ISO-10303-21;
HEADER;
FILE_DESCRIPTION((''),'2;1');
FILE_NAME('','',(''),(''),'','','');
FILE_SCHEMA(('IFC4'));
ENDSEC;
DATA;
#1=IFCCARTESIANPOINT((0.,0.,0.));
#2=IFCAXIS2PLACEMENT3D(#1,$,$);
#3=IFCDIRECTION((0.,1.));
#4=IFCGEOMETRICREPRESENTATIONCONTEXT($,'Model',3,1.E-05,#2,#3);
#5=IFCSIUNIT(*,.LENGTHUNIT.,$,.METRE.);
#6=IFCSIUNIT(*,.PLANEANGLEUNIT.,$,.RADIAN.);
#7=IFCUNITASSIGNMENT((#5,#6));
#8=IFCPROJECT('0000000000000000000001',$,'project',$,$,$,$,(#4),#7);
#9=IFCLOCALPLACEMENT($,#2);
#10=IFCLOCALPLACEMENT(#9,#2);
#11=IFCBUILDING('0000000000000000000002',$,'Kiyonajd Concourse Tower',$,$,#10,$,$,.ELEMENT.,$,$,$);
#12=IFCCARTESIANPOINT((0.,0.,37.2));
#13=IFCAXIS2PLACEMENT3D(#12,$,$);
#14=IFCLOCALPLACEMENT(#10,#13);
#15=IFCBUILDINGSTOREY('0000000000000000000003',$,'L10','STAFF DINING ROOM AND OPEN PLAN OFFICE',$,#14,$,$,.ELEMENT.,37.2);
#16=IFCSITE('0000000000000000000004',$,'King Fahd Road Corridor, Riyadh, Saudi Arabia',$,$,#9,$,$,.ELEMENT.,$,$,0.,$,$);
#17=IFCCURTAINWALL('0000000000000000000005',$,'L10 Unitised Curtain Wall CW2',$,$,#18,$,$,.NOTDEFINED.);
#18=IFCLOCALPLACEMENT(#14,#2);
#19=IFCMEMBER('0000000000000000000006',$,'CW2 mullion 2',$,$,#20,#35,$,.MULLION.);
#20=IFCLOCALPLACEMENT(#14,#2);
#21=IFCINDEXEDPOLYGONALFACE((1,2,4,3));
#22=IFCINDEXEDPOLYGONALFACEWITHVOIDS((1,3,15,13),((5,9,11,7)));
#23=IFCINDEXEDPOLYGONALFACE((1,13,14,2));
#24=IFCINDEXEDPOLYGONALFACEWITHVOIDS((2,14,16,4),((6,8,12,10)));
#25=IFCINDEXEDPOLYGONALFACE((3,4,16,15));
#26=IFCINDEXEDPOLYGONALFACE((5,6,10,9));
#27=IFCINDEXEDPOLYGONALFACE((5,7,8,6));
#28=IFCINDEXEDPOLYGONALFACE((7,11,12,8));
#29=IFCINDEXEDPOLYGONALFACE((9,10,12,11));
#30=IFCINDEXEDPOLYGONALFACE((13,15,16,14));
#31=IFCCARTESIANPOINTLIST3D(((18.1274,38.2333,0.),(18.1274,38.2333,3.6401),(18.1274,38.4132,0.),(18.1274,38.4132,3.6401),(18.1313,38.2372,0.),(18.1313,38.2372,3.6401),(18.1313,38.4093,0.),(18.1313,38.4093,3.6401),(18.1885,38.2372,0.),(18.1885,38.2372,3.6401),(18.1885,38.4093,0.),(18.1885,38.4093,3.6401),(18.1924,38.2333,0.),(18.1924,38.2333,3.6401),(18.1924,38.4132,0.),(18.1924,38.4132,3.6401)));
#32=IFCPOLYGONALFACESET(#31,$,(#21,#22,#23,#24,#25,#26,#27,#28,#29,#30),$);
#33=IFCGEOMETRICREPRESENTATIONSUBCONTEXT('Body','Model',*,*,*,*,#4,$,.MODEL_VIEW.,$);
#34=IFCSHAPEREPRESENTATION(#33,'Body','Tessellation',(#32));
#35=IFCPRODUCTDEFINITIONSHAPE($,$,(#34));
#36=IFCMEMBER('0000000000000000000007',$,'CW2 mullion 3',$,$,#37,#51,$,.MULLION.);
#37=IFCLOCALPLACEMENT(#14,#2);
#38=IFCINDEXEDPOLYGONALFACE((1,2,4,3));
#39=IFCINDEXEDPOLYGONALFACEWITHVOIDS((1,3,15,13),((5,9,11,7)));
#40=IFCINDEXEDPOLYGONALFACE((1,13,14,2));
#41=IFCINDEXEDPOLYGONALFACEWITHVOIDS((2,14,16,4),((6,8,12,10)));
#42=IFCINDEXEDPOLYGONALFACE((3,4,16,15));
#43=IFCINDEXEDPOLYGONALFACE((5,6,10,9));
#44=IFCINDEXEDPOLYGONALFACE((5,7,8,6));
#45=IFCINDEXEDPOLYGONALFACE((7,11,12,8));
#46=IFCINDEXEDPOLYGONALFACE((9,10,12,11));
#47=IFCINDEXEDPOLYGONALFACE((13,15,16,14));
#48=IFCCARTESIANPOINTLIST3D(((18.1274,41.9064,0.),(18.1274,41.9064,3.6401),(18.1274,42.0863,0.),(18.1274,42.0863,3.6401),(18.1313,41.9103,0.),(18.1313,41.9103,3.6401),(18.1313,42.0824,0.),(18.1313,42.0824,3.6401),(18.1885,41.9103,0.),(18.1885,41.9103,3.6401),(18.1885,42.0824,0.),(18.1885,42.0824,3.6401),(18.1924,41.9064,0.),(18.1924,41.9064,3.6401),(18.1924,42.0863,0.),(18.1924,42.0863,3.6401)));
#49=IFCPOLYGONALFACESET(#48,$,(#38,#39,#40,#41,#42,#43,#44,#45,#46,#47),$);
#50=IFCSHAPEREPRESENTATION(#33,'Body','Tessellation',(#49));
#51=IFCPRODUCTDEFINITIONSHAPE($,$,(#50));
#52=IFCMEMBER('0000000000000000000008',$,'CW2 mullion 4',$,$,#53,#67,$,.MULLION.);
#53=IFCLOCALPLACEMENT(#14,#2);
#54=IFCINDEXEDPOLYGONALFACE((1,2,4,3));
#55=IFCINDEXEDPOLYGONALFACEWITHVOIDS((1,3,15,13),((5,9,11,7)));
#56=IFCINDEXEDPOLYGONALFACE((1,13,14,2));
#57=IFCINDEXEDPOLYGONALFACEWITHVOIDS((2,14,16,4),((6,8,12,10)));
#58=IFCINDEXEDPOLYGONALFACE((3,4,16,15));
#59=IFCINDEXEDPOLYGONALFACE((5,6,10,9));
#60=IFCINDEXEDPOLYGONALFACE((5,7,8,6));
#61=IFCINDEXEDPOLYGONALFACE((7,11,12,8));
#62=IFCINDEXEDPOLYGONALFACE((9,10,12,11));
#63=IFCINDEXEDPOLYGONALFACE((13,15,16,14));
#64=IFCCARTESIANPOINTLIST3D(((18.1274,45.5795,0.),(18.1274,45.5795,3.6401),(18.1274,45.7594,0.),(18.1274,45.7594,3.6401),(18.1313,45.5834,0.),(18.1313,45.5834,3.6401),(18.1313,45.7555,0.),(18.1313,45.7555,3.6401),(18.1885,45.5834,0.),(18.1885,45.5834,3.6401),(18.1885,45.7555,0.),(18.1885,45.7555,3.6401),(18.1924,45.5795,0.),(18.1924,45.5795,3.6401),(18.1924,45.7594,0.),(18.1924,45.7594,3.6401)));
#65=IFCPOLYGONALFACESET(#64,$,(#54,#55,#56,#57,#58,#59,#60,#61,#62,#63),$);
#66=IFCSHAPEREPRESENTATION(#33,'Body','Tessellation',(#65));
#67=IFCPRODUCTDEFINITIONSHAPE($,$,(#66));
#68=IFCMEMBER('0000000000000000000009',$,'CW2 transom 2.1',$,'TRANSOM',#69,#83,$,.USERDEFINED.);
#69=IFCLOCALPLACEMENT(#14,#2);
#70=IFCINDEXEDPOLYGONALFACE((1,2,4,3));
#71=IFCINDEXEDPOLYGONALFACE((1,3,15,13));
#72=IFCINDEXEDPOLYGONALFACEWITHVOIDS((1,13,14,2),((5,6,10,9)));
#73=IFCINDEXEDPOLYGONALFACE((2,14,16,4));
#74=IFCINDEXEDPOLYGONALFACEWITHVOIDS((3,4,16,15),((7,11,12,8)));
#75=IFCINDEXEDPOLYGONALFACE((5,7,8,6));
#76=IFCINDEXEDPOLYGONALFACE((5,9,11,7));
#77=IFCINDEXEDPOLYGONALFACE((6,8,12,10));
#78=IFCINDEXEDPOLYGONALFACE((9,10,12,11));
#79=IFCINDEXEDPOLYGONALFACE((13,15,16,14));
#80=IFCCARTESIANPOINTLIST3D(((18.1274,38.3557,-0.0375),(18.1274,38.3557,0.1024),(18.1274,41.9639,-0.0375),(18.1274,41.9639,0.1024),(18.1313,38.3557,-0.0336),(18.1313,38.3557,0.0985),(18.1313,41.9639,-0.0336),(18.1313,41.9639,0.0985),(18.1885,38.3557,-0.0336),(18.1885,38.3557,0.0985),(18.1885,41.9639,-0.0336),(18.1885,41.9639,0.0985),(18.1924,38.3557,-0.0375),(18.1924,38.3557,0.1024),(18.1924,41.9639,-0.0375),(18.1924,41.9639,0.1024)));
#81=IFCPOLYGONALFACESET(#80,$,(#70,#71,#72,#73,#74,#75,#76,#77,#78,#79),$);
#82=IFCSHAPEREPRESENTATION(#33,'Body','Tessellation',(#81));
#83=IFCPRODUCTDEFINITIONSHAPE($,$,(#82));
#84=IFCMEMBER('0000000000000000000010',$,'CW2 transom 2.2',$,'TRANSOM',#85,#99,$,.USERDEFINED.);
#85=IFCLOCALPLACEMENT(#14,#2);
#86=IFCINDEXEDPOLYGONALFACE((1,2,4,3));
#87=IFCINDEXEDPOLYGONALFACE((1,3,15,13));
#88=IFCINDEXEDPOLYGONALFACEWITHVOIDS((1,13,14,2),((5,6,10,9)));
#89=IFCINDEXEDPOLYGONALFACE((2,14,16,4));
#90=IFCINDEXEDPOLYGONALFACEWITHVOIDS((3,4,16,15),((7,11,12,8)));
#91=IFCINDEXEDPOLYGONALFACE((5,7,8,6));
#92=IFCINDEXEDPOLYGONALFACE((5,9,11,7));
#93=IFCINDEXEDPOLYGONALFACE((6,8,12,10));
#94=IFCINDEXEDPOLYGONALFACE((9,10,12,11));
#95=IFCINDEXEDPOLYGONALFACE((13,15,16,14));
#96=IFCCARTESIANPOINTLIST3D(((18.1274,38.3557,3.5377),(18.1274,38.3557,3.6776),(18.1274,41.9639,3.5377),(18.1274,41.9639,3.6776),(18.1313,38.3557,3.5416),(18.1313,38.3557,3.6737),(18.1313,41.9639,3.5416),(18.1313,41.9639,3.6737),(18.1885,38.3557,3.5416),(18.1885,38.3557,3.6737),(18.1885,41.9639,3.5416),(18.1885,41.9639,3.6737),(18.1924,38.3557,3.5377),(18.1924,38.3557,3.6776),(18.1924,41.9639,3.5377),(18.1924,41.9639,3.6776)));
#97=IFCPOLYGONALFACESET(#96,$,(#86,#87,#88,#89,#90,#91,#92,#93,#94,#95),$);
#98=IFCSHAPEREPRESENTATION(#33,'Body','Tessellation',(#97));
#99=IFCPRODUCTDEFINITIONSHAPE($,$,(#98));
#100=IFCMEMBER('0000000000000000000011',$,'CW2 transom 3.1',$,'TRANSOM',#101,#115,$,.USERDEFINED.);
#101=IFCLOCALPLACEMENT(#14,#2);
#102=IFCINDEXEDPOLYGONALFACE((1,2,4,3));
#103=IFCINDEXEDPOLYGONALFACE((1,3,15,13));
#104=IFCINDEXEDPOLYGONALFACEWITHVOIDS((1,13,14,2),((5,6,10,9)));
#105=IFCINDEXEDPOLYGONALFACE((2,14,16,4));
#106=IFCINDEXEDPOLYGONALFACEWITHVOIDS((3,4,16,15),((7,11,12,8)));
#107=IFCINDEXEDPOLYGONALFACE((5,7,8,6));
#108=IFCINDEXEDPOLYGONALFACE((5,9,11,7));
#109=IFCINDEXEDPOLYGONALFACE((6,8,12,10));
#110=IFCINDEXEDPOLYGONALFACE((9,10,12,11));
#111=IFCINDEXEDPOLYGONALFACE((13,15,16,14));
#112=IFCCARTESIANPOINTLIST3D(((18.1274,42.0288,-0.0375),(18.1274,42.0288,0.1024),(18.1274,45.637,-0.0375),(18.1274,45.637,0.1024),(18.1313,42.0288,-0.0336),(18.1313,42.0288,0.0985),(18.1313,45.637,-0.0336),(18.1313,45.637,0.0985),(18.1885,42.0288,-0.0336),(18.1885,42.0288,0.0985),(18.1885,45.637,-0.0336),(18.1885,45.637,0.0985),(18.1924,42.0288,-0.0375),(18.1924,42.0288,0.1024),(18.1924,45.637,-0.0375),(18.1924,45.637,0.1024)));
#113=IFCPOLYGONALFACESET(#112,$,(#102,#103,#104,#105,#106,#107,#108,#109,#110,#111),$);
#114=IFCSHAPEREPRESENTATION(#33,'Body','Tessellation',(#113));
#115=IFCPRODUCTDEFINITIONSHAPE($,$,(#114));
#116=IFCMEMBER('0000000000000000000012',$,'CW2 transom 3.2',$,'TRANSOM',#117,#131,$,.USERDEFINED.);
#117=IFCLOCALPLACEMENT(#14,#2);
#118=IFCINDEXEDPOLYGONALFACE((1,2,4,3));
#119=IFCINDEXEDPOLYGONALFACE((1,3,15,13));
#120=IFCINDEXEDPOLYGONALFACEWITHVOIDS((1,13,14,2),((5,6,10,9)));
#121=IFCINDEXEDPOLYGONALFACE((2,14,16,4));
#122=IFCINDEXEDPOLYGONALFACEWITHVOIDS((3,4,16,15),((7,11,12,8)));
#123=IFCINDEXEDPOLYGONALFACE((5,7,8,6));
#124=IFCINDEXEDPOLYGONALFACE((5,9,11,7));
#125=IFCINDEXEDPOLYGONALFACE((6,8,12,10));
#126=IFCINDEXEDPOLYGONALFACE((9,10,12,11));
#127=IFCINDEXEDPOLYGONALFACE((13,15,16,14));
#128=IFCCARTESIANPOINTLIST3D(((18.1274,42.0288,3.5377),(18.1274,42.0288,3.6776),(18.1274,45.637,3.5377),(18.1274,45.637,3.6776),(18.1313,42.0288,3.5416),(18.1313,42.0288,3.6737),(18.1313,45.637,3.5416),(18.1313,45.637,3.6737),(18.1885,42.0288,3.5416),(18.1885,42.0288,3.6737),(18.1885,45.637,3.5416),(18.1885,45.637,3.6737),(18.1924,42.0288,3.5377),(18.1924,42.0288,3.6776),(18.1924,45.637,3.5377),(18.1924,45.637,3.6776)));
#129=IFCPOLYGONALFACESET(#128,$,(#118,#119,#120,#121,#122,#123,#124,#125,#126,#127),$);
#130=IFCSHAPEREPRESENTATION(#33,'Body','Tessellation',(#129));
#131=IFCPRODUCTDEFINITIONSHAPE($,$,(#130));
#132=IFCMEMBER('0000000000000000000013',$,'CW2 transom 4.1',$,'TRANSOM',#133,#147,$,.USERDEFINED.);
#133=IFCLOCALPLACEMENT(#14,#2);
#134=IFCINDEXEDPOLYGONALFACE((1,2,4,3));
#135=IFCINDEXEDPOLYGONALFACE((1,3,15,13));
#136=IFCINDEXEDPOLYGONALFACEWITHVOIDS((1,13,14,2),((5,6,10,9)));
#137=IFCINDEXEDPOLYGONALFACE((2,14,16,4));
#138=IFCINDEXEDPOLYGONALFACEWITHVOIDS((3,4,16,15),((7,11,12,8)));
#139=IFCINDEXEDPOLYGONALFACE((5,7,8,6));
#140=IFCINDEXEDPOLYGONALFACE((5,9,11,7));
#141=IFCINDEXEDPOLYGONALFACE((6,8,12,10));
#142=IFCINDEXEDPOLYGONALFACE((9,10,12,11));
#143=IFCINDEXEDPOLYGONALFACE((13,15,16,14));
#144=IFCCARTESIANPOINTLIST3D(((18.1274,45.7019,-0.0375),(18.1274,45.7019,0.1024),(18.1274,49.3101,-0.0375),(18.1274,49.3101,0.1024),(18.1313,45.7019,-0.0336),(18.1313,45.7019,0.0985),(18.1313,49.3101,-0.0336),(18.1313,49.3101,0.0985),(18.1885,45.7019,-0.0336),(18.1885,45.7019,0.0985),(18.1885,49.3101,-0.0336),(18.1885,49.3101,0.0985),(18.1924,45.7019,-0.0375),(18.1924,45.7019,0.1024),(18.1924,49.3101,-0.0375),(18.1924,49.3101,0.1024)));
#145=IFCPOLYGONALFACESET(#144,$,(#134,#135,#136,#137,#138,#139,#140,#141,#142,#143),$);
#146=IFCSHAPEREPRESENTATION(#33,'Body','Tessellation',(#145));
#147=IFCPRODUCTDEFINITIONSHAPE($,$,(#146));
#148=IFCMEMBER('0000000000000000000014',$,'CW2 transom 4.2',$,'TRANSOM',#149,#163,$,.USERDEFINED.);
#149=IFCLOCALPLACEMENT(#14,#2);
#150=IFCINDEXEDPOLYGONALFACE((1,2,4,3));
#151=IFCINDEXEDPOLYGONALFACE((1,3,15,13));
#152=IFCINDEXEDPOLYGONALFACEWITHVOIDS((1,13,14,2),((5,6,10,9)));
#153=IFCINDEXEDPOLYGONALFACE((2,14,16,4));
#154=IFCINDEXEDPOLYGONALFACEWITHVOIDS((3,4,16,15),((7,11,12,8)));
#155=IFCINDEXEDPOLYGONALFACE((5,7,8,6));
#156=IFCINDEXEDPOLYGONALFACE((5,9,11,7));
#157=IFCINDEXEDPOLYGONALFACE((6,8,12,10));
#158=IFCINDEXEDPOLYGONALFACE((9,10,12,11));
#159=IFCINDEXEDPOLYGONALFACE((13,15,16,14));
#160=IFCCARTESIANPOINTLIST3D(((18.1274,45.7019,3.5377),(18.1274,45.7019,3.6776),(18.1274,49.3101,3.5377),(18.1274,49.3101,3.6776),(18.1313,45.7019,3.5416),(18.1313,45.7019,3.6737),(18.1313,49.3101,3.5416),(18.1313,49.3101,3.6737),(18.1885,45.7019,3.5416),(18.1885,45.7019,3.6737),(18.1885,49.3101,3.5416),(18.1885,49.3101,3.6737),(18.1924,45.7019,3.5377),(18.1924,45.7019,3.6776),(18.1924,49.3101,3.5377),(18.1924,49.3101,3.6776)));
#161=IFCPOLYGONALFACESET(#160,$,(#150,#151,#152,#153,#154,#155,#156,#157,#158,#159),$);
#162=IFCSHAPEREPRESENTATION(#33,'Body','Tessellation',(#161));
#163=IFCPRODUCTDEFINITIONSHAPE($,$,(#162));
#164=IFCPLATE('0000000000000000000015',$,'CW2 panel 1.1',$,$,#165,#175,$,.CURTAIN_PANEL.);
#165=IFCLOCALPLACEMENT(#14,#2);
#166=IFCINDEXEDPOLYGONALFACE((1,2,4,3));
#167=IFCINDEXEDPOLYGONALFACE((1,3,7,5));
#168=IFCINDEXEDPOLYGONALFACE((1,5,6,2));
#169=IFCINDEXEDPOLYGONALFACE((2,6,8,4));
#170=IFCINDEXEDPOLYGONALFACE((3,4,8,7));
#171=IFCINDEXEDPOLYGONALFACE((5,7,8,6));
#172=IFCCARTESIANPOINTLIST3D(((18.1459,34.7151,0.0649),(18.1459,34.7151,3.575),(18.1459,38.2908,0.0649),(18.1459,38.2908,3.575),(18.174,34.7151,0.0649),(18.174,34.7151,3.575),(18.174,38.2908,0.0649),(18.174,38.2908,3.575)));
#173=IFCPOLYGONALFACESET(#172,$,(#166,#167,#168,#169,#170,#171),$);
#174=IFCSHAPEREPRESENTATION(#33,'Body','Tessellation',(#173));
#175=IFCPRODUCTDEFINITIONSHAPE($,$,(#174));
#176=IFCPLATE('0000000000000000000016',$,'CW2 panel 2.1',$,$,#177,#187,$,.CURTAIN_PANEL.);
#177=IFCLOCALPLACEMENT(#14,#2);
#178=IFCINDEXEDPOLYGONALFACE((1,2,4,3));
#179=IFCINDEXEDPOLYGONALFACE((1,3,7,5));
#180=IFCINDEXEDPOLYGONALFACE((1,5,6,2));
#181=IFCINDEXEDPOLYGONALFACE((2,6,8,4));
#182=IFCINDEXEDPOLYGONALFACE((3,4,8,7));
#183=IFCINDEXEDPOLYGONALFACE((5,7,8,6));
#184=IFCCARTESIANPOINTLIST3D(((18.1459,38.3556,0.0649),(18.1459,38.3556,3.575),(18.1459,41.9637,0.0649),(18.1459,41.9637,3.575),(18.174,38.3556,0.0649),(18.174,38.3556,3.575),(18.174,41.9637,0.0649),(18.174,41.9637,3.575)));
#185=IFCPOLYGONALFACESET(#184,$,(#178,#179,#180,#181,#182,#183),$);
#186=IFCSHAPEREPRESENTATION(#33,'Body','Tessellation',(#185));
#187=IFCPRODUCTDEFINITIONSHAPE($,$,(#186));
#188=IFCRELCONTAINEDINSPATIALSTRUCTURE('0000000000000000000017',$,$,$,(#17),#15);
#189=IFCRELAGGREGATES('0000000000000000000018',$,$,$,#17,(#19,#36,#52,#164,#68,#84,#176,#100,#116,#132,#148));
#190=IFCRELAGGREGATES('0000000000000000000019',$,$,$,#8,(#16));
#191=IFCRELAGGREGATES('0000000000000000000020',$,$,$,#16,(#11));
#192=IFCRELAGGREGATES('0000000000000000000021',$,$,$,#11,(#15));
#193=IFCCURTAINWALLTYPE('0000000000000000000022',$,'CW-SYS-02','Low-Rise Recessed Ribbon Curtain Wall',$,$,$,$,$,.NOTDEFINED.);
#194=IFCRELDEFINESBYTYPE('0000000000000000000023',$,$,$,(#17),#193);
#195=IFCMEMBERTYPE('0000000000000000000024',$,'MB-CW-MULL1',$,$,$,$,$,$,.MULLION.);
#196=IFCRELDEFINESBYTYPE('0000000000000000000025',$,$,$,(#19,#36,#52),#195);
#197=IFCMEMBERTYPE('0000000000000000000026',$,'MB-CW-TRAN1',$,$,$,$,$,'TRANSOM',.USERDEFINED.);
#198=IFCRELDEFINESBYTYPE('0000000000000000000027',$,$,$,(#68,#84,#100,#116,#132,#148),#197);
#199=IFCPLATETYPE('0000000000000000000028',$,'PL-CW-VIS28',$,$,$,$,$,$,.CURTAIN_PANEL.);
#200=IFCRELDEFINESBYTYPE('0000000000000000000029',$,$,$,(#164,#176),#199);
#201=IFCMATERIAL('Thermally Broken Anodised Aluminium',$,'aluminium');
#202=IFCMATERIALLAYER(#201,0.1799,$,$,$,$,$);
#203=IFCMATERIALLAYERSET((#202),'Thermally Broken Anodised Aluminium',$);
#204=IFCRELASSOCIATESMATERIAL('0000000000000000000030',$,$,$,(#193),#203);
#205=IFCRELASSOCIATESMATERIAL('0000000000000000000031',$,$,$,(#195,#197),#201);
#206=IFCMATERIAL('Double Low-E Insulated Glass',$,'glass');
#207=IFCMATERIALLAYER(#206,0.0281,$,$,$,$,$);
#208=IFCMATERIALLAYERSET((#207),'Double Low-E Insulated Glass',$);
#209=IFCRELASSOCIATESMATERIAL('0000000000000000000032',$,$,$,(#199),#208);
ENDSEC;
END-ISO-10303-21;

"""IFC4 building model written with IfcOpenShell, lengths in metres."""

from ifc_helpers import new_model, si_unit, direction, frame, origin, origin_2d, place, context, subcontext, project, spatial, rectangle, hollow_rectangle, extrude, material, layer, layer_set, material_profile, profile_set, type_object, element, aggregate, save


model = new_model("IFC4")

# Units and contexts
model_context = context("Model", 3, precision=1e-05, world=origin(), true_north=direction((0.0, 1.0)))
body_context = subcontext(model_context, "Body", "Model", "MODEL_VIEW")
ifc_project = project(units=[si_unit("LENGTHUNIT", "METRE"), si_unit("PLANEANGLEUNIT", "RADIAN")], contexts=[model_context])

# Site, building, storey
site_placement = place(None, origin())
site = spatial("IfcSite", under=ifc_project, at=site_placement, Name="King Fahd Road Corridor, Riyadh, Saudi Arabia", CompositionType="ELEMENT", RefElevation=0.0)
building_placement = place(site_placement, origin())
building = spatial("IfcBuilding", under=site, at=building_placement, Name="Kiyonajd Concourse Tower", CompositionType="ELEMENT")
storey_placement = place(building_placement, frame((0.0, 0.0, 37.2)))
storey = spatial("IfcBuildingStorey", under=building, at=storey_placement, Name="L10", Description="STAFF DINING ROOM AND OPEN PLAN OFFICE", CompositionType="ELEMENT", Elevation=37.2)

# Curtain wall, members, plates
ifc_material_1 = material(Name="Thermally Broken Anodised Aluminium", Category="aluminium")
ifc_layer_1 = layer(ifc_material_1, 0.1799)
ifc_layer_set_1 = layer_set([ifc_layer_1], Name="Thermally Broken Anodised Aluminium")
curtain_wall_type = type_object("IfcCurtainWallType", Name="CW-SYS-02", Description="Low-Rise Recessed Ribbon Curtain Wall", PredefinedType="NOTDEFINED", material=ifc_layer_set_1)
curtain_wall_placement = place(storey_placement, origin())
curtain_wall = element("IfcCurtainWall", 1, at=curtain_wall_placement, inside=storey, type_object=curtain_wall_type, Name="L10 Unitised Curtain Wall CW2", PredefinedType="NOTDEFINED")
ifc_material_profile_1 = material_profile(ifc_material_1, hollow_rectangle(XDim=0.0649, YDim=0.1799, WallThickness=0.0039, at=origin_2d()), Name="MULL-65x180")
ifc_profile_set_1 = profile_set([ifc_material_profile_1], Name="Thermally Broken Anodised Aluminium")
member_type_1 = type_object("IfcMemberType", Name="MB-CW-MULL1", PredefinedType="MULLION", material=ifc_profile_set_1)
member_1_placement = place(storey_placement, frame((18.1599, 38.3232, 0.0), z_axis=(0.0, 0.0, 1.0), x_axis=(-1.0, 0.0, 0.0)))
member_1 = element("IfcMember", 2, at=member_1_placement, type_object=member_type_1, Name="CW2 mullion 2", PredefinedType="MULLION", context=body_context, shape_type="SweptSolid", body=[
    extrude(hollow_rectangle(XDim=0.0649, YDim=0.1799, WallThickness=0.0039, at=origin_2d()), origin(), (0.0, 0.0, 1.0), 3.6401),
])
member_2_placement = place(storey_placement, frame((18.1599, 41.9963, 0.0), z_axis=(0.0, 0.0, 1.0), x_axis=(-1.0, 0.0, 0.0)))
member_2 = element("IfcMember", 3, at=member_2_placement, type_object=member_type_1, Name="CW2 mullion 3", PredefinedType="MULLION", context=body_context, shape_type="SweptSolid", body=[
    extrude(hollow_rectangle(XDim=0.0649, YDim=0.1799, WallThickness=0.0039, at=origin_2d()), origin(), (0.0, 0.0, 1.0), 3.6401),
])
member_3_placement = place(storey_placement, frame((18.1599, 45.6694, 0.0), z_axis=(0.0, 0.0, 1.0), x_axis=(-1.0, 0.0, 0.0)))
member_3 = element("IfcMember", 4, at=member_3_placement, type_object=member_type_1, Name="CW2 mullion 4", PredefinedType="MULLION", context=body_context, shape_type="SweptSolid", body=[
    extrude(hollow_rectangle(XDim=0.0649, YDim=0.1799, WallThickness=0.0039, at=origin_2d()), origin(), (0.0, 0.0, 1.0), 3.6401),
])
ifc_material_profile_2 = material_profile(ifc_material_1, hollow_rectangle(XDim=0.0649, YDim=0.1399, WallThickness=0.0039, at=origin_2d()), Name="TRAN-65x140")
ifc_profile_set_2 = profile_set([ifc_material_profile_2], Name="Thermally Broken Anodised Aluminium")
member_type_2 = type_object("IfcMemberType", Name="MB-CW-TRAN1", ElementType="TRANSOM", PredefinedType="USERDEFINED", material=ifc_profile_set_2)
member_4_placement = place(storey_placement, frame((18.1599, 38.3557, 0.0325), z_axis=(0.0, 1.0, 0.0), x_axis=(-1.0, 0.0, 0.0)))
member_4 = element("IfcMember", 5, at=member_4_placement, type_object=member_type_2, Name="CW2 transom 2.1", ObjectType="TRANSOM", PredefinedType="USERDEFINED", context=body_context, shape_type="SweptSolid", body=[
    extrude(hollow_rectangle(XDim=0.0649, YDim=0.1399, WallThickness=0.0039, at=origin_2d()), origin(), (0.0, 0.0, 1.0), 3.6082),
])
member_5_placement = place(storey_placement, frame((18.1599, 38.3557, 3.6077), z_axis=(0.0, 1.0, 0.0), x_axis=(-1.0, 0.0, 0.0)))
member_5 = element("IfcMember", 6, at=member_5_placement, type_object=member_type_2, Name="CW2 transom 2.2", ObjectType="TRANSOM", PredefinedType="USERDEFINED", context=body_context, shape_type="SweptSolid", body=[
    extrude(hollow_rectangle(XDim=0.0649, YDim=0.1399, WallThickness=0.0039, at=origin_2d()), origin(), (0.0, 0.0, 1.0), 3.6082),
])
member_6_placement = place(storey_placement, frame((18.1599, 42.0288, 0.0325), z_axis=(0.0, 1.0, 0.0), x_axis=(-1.0, 0.0, 0.0)))
member_6 = element("IfcMember", 7, at=member_6_placement, type_object=member_type_2, Name="CW2 transom 3.1", ObjectType="TRANSOM", PredefinedType="USERDEFINED", context=body_context, shape_type="SweptSolid", body=[
    extrude(hollow_rectangle(XDim=0.0649, YDim=0.1399, WallThickness=0.0039, at=origin_2d()), origin(), (0.0, 0.0, 1.0), 3.6082),
])
member_7_placement = place(storey_placement, frame((18.1599, 42.0288, 3.6077), z_axis=(0.0, 1.0, 0.0), x_axis=(-1.0, 0.0, 0.0)))
member_7 = element("IfcMember", 8, at=member_7_placement, type_object=member_type_2, Name="CW2 transom 3.2", ObjectType="TRANSOM", PredefinedType="USERDEFINED", context=body_context, shape_type="SweptSolid", body=[
    extrude(hollow_rectangle(XDim=0.0649, YDim=0.1399, WallThickness=0.0039, at=origin_2d()), origin(), (0.0, 0.0, 1.0), 3.6082),
])
member_8_placement = place(storey_placement, frame((18.1599, 45.7019, 0.0325), z_axis=(0.0, 1.0, 0.0), x_axis=(-1.0, 0.0, 0.0)))
member_8 = element("IfcMember", 9, at=member_8_placement, type_object=member_type_2, Name="CW2 transom 4.1", ObjectType="TRANSOM", PredefinedType="USERDEFINED", context=body_context, shape_type="SweptSolid", body=[
    extrude(hollow_rectangle(XDim=0.0649, YDim=0.1399, WallThickness=0.0039, at=origin_2d()), origin(), (0.0, 0.0, 1.0), 3.6082),
])
member_9_placement = place(storey_placement, frame((18.1599, 45.7019, 3.6077), z_axis=(0.0, 1.0, 0.0), x_axis=(-1.0, 0.0, 0.0)))
member_9 = element("IfcMember", 10, at=member_9_placement, type_object=member_type_2, Name="CW2 transom 4.2", ObjectType="TRANSOM", PredefinedType="USERDEFINED", context=body_context, shape_type="SweptSolid", body=[
    extrude(hollow_rectangle(XDim=0.0649, YDim=0.1399, WallThickness=0.0039, at=origin_2d()), origin(), (0.0, 0.0, 1.0), 3.6082),
])
ifc_material_2 = material(Name="Double Low-E Insulated Glass", Category="glass")
ifc_layer_2 = layer(ifc_material_2, 0.0281)
ifc_layer_set_2 = layer_set([ifc_layer_2], Name="Double Low-E Insulated Glass")
plate_type = type_object("IfcPlateType", Name="PL-CW-VIS28", PredefinedType="CURTAIN_PANEL", material=ifc_layer_set_2)
plate_1_placement = place(storey_placement, frame((18.1599, 36.5029, 0.0649), z_axis=(0.0, 0.0, 1.0), x_axis=(0.0, 1.0, 0.0)))
plate_1 = element("IfcPlate", 11, at=plate_1_placement, type_object=plate_type, Name="CW2 panel 1.1", PredefinedType="CURTAIN_PANEL", context=body_context, shape_type="SweptSolid", body=[
    extrude(rectangle(XDim=3.5757, YDim=0.0281, at=origin_2d()), origin(), (0.0, 0.0, 1.0), 3.51),
])
plate_2_placement = place(storey_placement, frame((18.1599, 40.1597, 0.0649), z_axis=(0.0, 0.0, 1.0), x_axis=(0.0, 1.0, 0.0)))
plate_2 = element("IfcPlate", 12, at=plate_2_placement, type_object=plate_type, Name="CW2 panel 2.1", PredefinedType="CURTAIN_PANEL", context=body_context, shape_type="SweptSolid", body=[
    extrude(rectangle(XDim=3.6082, YDim=0.0281, at=origin_2d()), origin(), (0.0, 0.0, 1.0), 3.51),
])
aggregate(curtain_wall, [member_1, member_2, member_3, plate_1, member_4, member_5, plate_2, member_6, member_7, member_8, member_9])

save(model, "model.ifc")
